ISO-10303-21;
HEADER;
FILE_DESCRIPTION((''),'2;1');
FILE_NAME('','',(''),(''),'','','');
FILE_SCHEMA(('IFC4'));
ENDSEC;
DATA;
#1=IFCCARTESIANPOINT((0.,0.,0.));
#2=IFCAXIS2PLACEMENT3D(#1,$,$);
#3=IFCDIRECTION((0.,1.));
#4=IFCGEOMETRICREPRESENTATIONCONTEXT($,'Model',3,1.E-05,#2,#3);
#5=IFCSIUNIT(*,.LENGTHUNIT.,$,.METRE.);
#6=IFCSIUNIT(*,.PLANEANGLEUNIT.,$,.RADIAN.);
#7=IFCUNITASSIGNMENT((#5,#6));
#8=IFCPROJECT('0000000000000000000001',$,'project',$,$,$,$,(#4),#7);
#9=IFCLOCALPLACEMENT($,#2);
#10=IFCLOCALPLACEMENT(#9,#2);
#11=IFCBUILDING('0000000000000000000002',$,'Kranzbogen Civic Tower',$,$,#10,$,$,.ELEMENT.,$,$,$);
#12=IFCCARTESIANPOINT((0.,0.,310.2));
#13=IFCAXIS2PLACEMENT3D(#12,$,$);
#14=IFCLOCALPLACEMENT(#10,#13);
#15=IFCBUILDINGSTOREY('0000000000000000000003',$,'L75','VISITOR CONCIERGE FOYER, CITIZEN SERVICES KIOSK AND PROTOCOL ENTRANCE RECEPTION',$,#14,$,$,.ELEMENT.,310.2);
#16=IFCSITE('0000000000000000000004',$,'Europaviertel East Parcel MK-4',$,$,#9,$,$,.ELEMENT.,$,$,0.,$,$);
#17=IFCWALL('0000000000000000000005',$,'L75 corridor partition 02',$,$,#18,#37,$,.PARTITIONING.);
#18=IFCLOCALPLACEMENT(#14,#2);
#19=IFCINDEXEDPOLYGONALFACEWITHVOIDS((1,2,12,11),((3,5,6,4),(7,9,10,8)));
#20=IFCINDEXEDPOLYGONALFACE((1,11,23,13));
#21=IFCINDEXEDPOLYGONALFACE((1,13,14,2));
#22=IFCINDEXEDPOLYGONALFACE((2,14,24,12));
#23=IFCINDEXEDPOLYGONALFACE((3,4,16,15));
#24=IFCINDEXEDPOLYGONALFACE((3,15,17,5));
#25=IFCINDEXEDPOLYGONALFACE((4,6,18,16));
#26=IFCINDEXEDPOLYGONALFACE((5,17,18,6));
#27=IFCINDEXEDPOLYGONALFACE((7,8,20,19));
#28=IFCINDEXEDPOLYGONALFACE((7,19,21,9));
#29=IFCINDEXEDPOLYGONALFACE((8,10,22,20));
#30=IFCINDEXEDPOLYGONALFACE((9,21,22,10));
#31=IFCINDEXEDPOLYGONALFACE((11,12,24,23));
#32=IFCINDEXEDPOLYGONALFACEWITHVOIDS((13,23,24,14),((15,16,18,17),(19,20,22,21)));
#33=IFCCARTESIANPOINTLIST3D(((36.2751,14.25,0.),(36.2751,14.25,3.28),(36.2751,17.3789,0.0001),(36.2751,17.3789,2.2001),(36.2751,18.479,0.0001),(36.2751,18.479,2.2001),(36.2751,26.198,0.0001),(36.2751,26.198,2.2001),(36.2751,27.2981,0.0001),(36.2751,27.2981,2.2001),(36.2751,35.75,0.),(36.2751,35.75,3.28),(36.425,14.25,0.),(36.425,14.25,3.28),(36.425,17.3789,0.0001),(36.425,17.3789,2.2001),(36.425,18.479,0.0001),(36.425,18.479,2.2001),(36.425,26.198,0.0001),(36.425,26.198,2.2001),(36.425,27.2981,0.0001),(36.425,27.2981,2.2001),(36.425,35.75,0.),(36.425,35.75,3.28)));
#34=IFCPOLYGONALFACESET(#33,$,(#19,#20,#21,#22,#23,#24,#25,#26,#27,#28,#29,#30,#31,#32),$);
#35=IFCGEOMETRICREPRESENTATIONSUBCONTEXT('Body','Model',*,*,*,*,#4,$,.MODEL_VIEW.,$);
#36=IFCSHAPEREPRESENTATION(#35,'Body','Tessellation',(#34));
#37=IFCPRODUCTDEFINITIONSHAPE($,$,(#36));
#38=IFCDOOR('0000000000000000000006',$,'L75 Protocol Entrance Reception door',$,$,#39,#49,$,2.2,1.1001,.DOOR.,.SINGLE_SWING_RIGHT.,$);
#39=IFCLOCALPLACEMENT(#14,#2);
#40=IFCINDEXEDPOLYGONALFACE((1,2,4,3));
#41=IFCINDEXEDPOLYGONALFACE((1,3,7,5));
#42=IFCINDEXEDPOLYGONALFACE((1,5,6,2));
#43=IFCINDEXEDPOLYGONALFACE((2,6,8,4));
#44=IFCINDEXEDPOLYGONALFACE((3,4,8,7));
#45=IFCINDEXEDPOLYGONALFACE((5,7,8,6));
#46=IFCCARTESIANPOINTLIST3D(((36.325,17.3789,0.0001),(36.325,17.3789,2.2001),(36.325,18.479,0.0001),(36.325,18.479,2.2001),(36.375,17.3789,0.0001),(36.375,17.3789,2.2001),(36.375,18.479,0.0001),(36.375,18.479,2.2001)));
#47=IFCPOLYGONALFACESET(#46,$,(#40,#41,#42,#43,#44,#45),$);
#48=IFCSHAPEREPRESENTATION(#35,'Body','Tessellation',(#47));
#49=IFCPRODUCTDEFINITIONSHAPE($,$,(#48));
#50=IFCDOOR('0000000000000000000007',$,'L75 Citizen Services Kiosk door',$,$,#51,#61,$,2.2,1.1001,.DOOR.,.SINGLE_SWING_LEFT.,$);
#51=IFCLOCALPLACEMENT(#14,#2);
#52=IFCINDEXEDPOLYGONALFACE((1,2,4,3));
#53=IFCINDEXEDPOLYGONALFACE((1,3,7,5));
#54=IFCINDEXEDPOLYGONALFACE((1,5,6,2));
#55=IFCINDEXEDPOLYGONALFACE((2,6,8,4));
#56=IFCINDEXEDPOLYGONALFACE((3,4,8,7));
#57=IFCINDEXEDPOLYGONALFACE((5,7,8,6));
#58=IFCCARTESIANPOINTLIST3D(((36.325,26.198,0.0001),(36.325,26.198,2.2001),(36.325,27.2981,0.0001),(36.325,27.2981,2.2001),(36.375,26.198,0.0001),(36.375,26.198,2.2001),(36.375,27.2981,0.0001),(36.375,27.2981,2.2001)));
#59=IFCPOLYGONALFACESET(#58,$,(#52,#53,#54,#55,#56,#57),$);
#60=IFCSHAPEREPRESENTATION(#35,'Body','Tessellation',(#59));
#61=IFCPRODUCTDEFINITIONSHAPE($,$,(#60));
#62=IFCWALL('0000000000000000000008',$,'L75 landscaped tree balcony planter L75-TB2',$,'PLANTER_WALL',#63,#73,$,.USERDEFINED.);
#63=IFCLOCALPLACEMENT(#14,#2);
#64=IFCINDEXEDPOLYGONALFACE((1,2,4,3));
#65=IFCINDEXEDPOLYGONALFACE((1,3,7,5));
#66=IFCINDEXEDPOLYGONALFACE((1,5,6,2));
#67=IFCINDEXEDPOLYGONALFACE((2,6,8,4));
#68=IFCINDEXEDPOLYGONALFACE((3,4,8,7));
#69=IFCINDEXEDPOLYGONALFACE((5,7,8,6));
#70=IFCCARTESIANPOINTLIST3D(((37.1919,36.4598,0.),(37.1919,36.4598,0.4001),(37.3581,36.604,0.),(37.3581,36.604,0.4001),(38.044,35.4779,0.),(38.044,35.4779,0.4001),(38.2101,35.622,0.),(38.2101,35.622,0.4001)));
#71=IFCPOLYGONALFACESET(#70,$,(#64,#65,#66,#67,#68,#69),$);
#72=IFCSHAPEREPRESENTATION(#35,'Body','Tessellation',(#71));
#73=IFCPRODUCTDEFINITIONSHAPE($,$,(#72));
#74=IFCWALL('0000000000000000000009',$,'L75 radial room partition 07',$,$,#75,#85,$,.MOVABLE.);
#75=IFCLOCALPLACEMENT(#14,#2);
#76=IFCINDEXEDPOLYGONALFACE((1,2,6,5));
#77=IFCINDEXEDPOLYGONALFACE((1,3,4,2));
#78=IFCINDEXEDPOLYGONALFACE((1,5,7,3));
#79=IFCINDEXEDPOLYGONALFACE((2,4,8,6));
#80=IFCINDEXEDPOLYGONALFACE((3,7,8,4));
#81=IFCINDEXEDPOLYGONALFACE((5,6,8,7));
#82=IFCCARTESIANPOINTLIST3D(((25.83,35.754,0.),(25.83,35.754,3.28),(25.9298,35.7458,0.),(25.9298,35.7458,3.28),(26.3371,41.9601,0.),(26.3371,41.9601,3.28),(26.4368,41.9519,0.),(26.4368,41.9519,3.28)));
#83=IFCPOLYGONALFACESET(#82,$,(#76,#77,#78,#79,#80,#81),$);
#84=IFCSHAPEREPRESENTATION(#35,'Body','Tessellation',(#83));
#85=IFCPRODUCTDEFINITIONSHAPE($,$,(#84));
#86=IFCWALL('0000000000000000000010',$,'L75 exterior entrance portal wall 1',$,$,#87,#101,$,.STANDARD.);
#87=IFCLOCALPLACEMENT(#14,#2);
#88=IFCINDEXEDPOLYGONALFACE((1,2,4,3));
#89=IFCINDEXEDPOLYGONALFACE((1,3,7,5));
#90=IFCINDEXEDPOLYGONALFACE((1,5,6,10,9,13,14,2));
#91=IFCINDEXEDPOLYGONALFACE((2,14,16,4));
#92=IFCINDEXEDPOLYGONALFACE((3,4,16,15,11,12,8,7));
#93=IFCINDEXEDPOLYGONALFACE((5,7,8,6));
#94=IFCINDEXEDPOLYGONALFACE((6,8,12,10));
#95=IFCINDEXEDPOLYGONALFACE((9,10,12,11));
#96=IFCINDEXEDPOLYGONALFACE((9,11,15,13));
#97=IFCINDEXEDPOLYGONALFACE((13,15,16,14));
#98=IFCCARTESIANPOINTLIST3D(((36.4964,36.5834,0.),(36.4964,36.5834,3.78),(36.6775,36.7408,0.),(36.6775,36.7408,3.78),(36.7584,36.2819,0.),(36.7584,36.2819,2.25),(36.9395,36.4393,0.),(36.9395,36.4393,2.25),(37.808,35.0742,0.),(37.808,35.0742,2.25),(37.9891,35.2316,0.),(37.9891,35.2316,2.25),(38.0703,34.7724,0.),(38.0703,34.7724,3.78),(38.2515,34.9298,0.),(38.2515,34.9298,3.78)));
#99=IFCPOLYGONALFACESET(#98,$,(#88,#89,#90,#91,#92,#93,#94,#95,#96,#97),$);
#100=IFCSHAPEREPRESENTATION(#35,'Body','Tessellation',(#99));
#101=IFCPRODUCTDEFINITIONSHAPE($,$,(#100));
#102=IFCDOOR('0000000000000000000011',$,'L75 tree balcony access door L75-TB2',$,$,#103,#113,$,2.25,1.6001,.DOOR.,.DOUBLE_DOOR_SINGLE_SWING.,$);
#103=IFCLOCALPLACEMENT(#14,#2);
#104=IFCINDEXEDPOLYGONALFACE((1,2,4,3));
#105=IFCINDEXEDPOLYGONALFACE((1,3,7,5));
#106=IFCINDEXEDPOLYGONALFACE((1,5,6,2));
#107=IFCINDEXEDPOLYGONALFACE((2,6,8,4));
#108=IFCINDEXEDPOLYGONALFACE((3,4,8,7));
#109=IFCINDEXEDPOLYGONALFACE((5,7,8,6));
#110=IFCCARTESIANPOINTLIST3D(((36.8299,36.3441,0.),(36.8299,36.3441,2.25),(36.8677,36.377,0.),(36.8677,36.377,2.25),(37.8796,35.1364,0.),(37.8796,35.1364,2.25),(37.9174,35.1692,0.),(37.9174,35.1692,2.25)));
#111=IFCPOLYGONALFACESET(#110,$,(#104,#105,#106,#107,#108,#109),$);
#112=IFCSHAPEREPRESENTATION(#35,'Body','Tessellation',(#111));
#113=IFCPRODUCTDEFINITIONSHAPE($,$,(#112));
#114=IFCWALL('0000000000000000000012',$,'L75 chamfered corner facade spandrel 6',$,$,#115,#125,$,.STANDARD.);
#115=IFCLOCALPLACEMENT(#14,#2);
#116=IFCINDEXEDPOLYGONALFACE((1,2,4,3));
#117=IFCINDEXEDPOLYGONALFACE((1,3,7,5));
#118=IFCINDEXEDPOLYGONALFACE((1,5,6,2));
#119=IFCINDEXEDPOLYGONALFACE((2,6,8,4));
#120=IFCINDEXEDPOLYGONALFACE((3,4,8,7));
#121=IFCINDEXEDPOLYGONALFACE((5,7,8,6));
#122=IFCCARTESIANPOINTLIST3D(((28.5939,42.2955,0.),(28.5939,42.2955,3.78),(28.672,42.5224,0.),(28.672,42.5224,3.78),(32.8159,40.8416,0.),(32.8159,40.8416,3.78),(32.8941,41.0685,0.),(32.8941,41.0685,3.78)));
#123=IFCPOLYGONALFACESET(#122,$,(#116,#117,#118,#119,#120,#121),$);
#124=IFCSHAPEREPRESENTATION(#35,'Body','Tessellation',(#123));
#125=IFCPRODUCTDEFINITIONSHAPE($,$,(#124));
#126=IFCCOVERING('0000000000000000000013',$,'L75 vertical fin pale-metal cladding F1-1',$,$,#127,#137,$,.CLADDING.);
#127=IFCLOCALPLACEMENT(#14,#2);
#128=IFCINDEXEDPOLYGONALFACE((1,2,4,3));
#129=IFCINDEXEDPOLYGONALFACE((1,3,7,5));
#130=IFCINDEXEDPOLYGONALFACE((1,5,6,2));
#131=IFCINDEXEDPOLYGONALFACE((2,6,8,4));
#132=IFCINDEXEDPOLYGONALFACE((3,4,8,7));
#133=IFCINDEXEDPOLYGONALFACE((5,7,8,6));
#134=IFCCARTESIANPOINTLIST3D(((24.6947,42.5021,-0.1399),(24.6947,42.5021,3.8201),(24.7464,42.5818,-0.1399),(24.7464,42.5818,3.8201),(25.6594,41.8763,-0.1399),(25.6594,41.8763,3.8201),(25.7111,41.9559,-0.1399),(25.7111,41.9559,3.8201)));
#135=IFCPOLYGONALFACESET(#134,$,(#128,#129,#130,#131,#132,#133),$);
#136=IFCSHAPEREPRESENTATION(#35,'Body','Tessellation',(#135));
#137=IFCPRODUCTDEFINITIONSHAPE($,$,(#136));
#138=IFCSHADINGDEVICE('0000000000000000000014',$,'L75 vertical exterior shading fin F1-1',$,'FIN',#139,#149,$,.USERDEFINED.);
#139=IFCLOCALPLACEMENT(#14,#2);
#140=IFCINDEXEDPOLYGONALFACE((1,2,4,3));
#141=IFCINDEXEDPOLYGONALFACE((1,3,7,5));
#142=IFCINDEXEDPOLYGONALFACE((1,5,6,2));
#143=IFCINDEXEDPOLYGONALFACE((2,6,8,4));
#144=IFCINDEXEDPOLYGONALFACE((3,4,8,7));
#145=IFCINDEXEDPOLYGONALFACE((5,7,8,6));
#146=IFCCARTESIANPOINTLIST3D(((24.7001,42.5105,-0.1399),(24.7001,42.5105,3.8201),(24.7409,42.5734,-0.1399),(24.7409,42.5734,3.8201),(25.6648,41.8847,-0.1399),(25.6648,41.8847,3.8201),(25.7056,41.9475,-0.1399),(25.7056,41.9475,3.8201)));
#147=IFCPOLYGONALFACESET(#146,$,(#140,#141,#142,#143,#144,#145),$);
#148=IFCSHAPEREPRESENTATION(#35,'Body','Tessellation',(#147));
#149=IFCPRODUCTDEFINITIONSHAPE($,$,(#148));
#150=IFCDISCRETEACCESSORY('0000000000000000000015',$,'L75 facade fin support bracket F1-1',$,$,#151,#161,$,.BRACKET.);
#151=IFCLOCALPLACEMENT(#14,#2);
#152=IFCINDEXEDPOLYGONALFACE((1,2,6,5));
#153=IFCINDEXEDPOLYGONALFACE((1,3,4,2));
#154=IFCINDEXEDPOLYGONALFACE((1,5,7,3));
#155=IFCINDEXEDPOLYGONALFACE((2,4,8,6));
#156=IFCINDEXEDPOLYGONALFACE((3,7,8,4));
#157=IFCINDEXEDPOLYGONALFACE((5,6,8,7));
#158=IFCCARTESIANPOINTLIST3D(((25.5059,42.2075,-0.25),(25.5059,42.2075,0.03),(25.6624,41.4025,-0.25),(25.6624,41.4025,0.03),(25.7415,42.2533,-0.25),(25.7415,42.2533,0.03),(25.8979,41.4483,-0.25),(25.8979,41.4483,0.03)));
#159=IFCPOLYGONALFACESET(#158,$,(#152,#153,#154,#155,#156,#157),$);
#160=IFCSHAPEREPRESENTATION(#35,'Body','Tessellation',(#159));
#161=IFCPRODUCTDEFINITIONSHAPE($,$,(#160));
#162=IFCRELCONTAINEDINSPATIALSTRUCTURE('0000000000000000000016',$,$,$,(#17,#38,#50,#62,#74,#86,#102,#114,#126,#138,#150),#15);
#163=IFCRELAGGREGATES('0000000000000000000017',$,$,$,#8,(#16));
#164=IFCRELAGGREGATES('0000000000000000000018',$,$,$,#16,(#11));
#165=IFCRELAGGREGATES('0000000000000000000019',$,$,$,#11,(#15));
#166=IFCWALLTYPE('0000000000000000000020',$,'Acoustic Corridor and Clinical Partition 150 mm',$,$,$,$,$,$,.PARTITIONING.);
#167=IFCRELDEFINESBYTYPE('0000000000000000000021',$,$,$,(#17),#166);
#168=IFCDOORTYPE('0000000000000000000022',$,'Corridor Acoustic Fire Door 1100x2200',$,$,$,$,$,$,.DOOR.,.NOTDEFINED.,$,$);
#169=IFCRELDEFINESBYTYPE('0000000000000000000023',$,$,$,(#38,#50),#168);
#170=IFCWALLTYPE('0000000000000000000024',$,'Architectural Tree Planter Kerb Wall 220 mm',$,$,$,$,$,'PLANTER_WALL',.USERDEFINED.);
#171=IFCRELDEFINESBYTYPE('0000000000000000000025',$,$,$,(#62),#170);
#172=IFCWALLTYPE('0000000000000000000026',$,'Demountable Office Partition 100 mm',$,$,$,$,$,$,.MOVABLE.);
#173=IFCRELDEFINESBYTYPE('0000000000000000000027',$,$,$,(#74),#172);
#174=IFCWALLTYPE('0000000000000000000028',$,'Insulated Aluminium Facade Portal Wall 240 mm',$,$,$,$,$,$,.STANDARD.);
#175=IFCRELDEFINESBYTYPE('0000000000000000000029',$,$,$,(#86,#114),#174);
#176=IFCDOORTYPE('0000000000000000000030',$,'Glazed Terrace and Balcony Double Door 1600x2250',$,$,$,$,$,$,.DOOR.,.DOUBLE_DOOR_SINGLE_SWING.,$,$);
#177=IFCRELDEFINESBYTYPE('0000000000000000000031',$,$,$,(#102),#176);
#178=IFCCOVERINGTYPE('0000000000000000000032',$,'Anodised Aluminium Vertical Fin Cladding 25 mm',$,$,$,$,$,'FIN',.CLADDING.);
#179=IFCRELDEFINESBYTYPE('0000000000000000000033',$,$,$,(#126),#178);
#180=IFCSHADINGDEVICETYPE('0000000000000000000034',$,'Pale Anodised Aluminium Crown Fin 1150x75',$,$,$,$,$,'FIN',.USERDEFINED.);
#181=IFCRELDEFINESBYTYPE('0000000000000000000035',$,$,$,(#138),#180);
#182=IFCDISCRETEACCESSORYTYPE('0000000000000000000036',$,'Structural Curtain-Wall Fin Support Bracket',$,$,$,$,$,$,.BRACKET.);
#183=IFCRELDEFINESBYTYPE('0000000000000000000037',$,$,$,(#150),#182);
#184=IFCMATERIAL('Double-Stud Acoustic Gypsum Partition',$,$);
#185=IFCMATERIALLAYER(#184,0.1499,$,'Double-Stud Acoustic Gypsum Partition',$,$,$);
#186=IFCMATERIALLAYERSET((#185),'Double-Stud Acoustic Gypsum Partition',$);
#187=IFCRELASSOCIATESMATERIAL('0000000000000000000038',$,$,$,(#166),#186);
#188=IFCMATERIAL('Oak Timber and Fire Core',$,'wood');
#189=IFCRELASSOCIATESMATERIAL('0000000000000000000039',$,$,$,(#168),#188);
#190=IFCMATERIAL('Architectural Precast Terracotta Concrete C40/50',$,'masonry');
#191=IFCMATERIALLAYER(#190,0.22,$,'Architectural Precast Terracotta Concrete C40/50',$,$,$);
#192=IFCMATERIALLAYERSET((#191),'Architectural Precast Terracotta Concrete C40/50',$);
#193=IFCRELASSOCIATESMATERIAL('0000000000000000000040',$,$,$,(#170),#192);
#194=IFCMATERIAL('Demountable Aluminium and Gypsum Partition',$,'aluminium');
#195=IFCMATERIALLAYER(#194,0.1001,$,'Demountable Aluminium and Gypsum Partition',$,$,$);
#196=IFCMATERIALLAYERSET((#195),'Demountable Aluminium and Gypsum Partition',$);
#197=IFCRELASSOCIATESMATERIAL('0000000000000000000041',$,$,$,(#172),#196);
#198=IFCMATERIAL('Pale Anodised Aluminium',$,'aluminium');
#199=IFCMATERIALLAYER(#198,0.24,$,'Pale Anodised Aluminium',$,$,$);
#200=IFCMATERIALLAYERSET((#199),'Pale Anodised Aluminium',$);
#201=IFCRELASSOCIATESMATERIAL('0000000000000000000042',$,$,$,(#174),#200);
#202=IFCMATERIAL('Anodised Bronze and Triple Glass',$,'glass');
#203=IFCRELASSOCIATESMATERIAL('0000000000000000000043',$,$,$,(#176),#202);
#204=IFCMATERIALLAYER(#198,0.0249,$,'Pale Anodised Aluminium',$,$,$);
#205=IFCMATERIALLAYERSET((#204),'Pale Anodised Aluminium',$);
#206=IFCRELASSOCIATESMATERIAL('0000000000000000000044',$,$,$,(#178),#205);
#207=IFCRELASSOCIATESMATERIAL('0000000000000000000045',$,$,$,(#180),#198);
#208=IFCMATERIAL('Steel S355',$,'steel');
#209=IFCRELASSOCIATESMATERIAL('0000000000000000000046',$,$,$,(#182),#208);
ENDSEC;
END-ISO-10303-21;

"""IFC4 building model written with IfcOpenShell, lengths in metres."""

from ifc_helpers import new_model, si_unit, direction, frame, frame_2d, origin, origin_2d, place, context, subcontext, project, spatial, rectangle, extrude, material, layer, layer_set, type_object, element, fill, save


model = new_model("IFC4")

# Units and contexts
model_context = context("Model", 3, precision=1e-05, world=origin(), true_north=direction((0.0, 1.0)))
body_context = subcontext(model_context, "Body", "Model", "MODEL_VIEW")
ifc_project = project(units=[si_unit("LENGTHUNIT", "METRE"), si_unit("PLANEANGLEUNIT", "RADIAN")], contexts=[model_context])

# Site, building, storey
site_placement = place(None, origin())
site = spatial("IfcSite", under=ifc_project, at=site_placement, Name="Europaviertel East Parcel MK-4", CompositionType="ELEMENT", RefElevation=0.0)
building_placement = place(site_placement, origin())
building = spatial("IfcBuilding", under=site, at=building_placement, Name="Kranzbogen Civic Tower", CompositionType="ELEMENT")
storey_placement = place(building_placement, frame((0.0, 0.0, 310.2)))
storey = spatial("IfcBuildingStorey", under=building, at=storey_placement, Name="L75", Description="VISITOR CONCIERGE FOYER, CITIZEN SERVICES KIOSK AND PROTOCOL ENTRANCE RECEPTION", CompositionType="ELEMENT", Elevation=310.2)

# Shared definitions
ifc_material_1 = material(Name="Steel S355", Category="steel")

# Shared definitions
ifc_material_2 = material(Name="Pale Anodised Aluminium", Category="aluminium")

# Wall, openings, doors
ifc_material_3 = material(Name="Double-Stud Acoustic Gypsum Partition")
ifc_layer_1 = layer(ifc_material_3, 0.1499, Name="Double-Stud Acoustic Gypsum Partition")
ifc_layer_set_1 = layer_set([ifc_layer_1], Name="Double-Stud Acoustic Gypsum Partition")
wall_type_1 = type_object("IfcWallType", Name="Acoustic Corridor and Clinical Partition 150 mm", PredefinedType="PARTITIONING", material=ifc_layer_set_1)
wall_1_placement = place(storey_placement, frame((36.3501, 35.75, 0.0), z_axis=(0.0, 0.0, 1.0), x_axis=(0.0, -1.0, 0.0)))
wall_1 = element("IfcWall", 1, at=wall_1_placement, inside=storey, type_object=wall_type_1, Name="L75 corridor partition 02", PredefinedType="PARTITIONING", context=body_context, shape_type="SweptSolid", body=[
    extrude(rectangle(XDim=21.5, YDim=0.1499, at=frame_2d((10.75, 0.0))), origin(), (0.0, 0.0, 1.0), 3.28),
])
opening_1_placement = place(wall_1_placement, frame((17.271, 0.0, 0.0)))
opening_1 = element("IfcOpeningElement", 2, at=opening_1_placement, cuts=wall_1, PredefinedType="OPENING", context=body_context, shape_type="SweptSolid", body=[
    extrude(rectangle(XDim=1.1001, YDim=2.2, at=frame_2d((0.55, 1.1001))), frame((0.0, 0.085, 0.0), z_axis=(0.0, -1.0, 0.0), x_axis=(1.0, 0.0, 0.0)), (0.0, 0.0, 1.0), 0.1699),
])
opening_2_placement = place(wall_1_placement, frame((8.4519, 0.0, 0.0)))
opening_2 = element("IfcOpeningElement", 3, at=opening_2_placement, cuts=wall_1, PredefinedType="OPENING", context=body_context, shape_type="SweptSolid", body=[
    extrude(rectangle(XDim=1.1001, YDim=2.2, at=frame_2d((0.55, 1.1001))), frame((0.0, 0.085, 0.0), z_axis=(0.0, -1.0, 0.0), x_axis=(1.0, 0.0, 0.0)), (0.0, 0.0, 1.0), 0.1699),
])
ifc_material_4 = material(Name="Oak Timber and Fire Core", Category="wood")
door_type_1 = type_object("IfcDoorType", Name="Corridor Acoustic Fire Door 1100x2200", OperationType="NOTDEFINED", PredefinedType="DOOR", material=ifc_material_4)
door_1_placement = place(opening_1_placement, origin())
door_1 = element("IfcDoor", 4, at=door_1_placement, inside=storey, type_object=door_type_1, Name="L75 Protocol Entrance Reception door", OperationType="SINGLE_SWING_RIGHT", OverallHeight=2.2, OverallWidth=1.1001, PredefinedType="DOOR", context=body_context, shape_type="SweptSolid", body=[
    extrude(rectangle(XDim=1.1001, YDim=2.2, at=frame_2d((0.55, 1.1001))), frame((0.0, 0.0249, 0.0), z_axis=(0.0, -1.0, 0.0), x_axis=(1.0, 0.0, 0.0)), (0.0, 0.0, 1.0), 0.05),
])
fill(opening_1, door_1)
door_2_placement = place(opening_2_placement, origin())
door_2 = element("IfcDoor", 5, at=door_2_placement, inside=storey, type_object=door_type_1, Name="L75 Citizen Services Kiosk door", OperationType="SINGLE_SWING_LEFT", OverallHeight=2.2, OverallWidth=1.1001, PredefinedType="DOOR", context=body_context, shape_type="SweptSolid", body=[
    extrude(rectangle(XDim=1.1001, YDim=2.2, at=frame_2d((0.55, 1.1001))), frame((0.0, 0.0249, 0.0), z_axis=(0.0, -1.0, 0.0), x_axis=(1.0, 0.0, 0.0)), (0.0, 0.0, 1.0), 0.05),
])
fill(opening_2, door_2)

# Walls
ifc_material_5 = material(Name="Architectural Precast Terracotta Concrete C40/50", Category="masonry")
ifc_layer_2 = layer(ifc_material_5, 0.22, Name="Architectural Precast Terracotta Concrete C40/50")
ifc_layer_set_2 = layer_set([ifc_layer_2], Name="Architectural Precast Terracotta Concrete C40/50")
wall_type_2 = type_object("IfcWallType", Name="Architectural Tree Planter Kerb Wall 220 mm", ElementType="PLANTER_WALL", PredefinedType="USERDEFINED", material=ifc_layer_set_2)
wall_2_placement = place(storey_placement, frame((38.127, 35.55, 0.0), z_axis=(0.0, 0.0, 1.0), x_axis=(-0.655388, 0.755292, 0.0)))
element("IfcWall", 6, at=wall_2_placement, inside=storey, type_object=wall_type_2, Name="L75 landscaped tree balcony planter L75-TB2", ObjectType="PLANTER_WALL", PredefinedType="USERDEFINED", context=body_context, shape_type="SweptSolid", body=[
    extrude(rectangle(XDim=1.3, YDim=0.22, at=frame_2d((0.6499, 0.0))), origin(), (0.0, 0.0, 1.0), 0.4001),
])
ifc_material_6 = material(Name="Demountable Aluminium and Gypsum Partition", Category="aluminium")
ifc_layer_3 = layer(ifc_material_6, 0.1001, Name="Demountable Aluminium and Gypsum Partition")
ifc_layer_set_3 = layer_set([ifc_layer_3], Name="Demountable Aluminium and Gypsum Partition")
wall_type_3 = type_object("IfcWallType", Name="Demountable Office Partition 100 mm", PredefinedType="MOVABLE", material=ifc_layer_set_3)
wall_3_placement = place(storey_placement, frame((25.8799, 35.75, 0.0), z_axis=(0.0, 0.0, 1.0), x_axis=(0.081436, 0.996679, 0.0)))
element("IfcWall", 7, at=wall_3_placement, inside=storey, type_object=wall_type_3, Name="L75 radial room partition 07", PredefinedType="MOVABLE", context=body_context, shape_type="SweptSolid", body=[
    extrude(rectangle(XDim=6.2268, YDim=0.1001, at=frame_2d((3.1133, 0.0))), origin(), (0.0, 0.0, 1.0), 3.28),
])

# Wall, opening, door
ifc_layer_4 = layer(ifc_material_2, 0.24, Name="Pale Anodised Aluminium")
ifc_layer_set_4 = layer_set([ifc_layer_4], Name="Pale Anodised Aluminium")
wall_type_4 = type_object("IfcWallType", Name="Insulated Aluminium Facade Portal Wall 240 mm", PredefinedType="STANDARD", material=ifc_layer_set_4)
wall_4_placement = place(storey_placement, frame((38.1609, 34.8511, 0.0), z_axis=(0.0, 0.0, 1.0), x_axis=(-0.65598, 0.754779, 0.0)))
wall_4 = element("IfcWall", 8, at=wall_4_placement, inside=storey, type_object=wall_type_4, Name="L75 exterior entrance portal wall 1", PredefinedType="STANDARD", context=body_context, shape_type="SweptSolid", body=[
    extrude(rectangle(XDim=2.3994, YDim=0.24, at=frame_2d((1.1997, 0.0))), origin(), (0.0, 0.0, 1.0), 3.78),
])
opening_3_placement = place(wall_4_placement, frame((0.3999, 0.0, 0.0)))
opening_3 = element("IfcOpeningElement", 9, at=opening_3_placement, cuts=wall_4, PredefinedType="OPENING", context=body_context, shape_type="SweptSolid", body=[
    extrude(rectangle(XDim=1.6001, YDim=2.25, at=frame_2d((0.8, 1.125))), frame((0.0, 0.1299, 0.0), z_axis=(0.0, -1.0, 0.0), x_axis=(1.0, 0.0, 0.0)), (0.0, 0.0, 1.0), 0.26),
])
ifc_material_7 = material(Name="Anodised Bronze and Triple Glass", Category="glass")
door_type_2 = type_object("IfcDoorType", Name="Glazed Terrace and Balcony Double Door 1600x2250", OperationType="DOUBLE_DOOR_SINGLE_SWING", PredefinedType="DOOR", material=ifc_material_7)
door_3_placement = place(opening_3_placement, frame((1.6001, 0.0, 0.0), z_axis=(0.0, 0.0, 1.0), x_axis=(-1.0, 0.0, 0.0)))
door_3 = element("IfcDoor", 10, at=door_3_placement, inside=storey, type_object=door_type_2, Name="L75 tree balcony access door L75-TB2", OperationType="DOUBLE_DOOR_SINGLE_SWING", OverallHeight=2.25, OverallWidth=1.6001, PredefinedType="DOOR", context=body_context, shape_type="SweptSolid", body=[
    extrude(rectangle(XDim=1.6001, YDim=2.25, at=frame_2d((0.8, 1.125))), frame((0.0, 0.0249, 0.0), z_axis=(0.0, -1.0, 0.0), x_axis=(1.0, 0.0, 0.0)), (0.0, 0.0, 1.0), 0.05),
])
fill(opening_3, door_3)

# Wall
wall_5_placement = place(storey_placement, frame((32.855, 40.9551, 0.0), z_axis=(0.0, 0.0, 1.0), x_axis=(-0.945509, 0.325595, 0.0)))
element("IfcWall", 11, at=wall_5_placement, inside=storey, type_object=wall_type_4, Name="L75 chamfered corner facade spandrel 6", PredefinedType="STANDARD", context=body_context, shape_type="SweptSolid", body=[
    extrude(rectangle(XDim=4.4653, YDim=0.24, at=frame_2d((2.2327, 0.0))), origin(), (0.0, 0.0, 1.0), 3.78),
])

# Covering
ifc_layer_5 = layer(ifc_material_2, 0.0249, Name="Pale Anodised Aluminium")
ifc_layer_set_5 = layer_set([ifc_layer_5], Name="Pale Anodised Aluminium")
covering_type = type_object("IfcCoveringType", Name="Anodised Aluminium Vertical Fin Cladding 25 mm", ElementType="FIN", PredefinedType="CLADDING", material=ifc_layer_set_5)
covering_placement = place(storey_placement, frame((25.2029, 42.229, -0.1399), z_axis=(0.0, 0.0, 1.0), x_axis=(-0.838927, 0.544244, 0.0)))
element("IfcCovering", 12, at=covering_placement, inside=storey, type_object=covering_type, Name="L75 vertical fin pale-metal cladding F1-1", PredefinedType="CLADDING", context=body_context, shape_type="SweptSolid", body=[
    extrude(rectangle(XDim=1.1499, YDim=0.095, at=origin_2d()), origin(), (0.0, 0.0, 1.0), 3.96),
])

# Shading device
shading_device_type = type_object("IfcShadingDeviceType", Name="Pale Anodised Aluminium Crown Fin 1150x75", ElementType="FIN", PredefinedType="USERDEFINED", material=ifc_material_2)
shading_device_placement = place(storey_placement, frame((25.2029, 42.229, -0.1399), z_axis=(0.0, 0.0, 1.0), x_axis=(-0.838927, 0.544244, 0.0)))
element("IfcShadingDevice", 13, at=shading_device_placement, inside=storey, type_object=shading_device_type, Name="L75 vertical exterior shading fin F1-1", ObjectType="FIN", PredefinedType="USERDEFINED", context=body_context, shape_type="SweptSolid", body=[
    extrude(rectangle(XDim=1.1499, YDim=0.075, at=origin_2d()), origin(), (0.0, 0.0, 1.0), 3.96),
])

# Discrete accessory
discrete_accessory_type = type_object("IfcDiscreteAccessoryType", Name="Structural Curtain-Wall Fin Support Bracket", PredefinedType="BRACKET", material=ifc_material_1)
discrete_accessory_placement = place(storey_placement, frame((25.7019, 41.8279, -0.25), z_axis=(0.0, 0.0, 1.0), x_axis=(-0.190809, 0.981627, 0.0)))
element("IfcDiscreteAccessory", 14, at=discrete_accessory_placement, inside=storey, type_object=discrete_accessory_type, Name="L75 facade fin support bracket F1-1", PredefinedType="BRACKET", context=body_context, shape_type="SweptSolid", body=[
    extrude(rectangle(XDim=0.8201, YDim=0.24, at=origin_2d()), origin(), (0.0, 0.0, 1.0), 0.28),
])

save(model, "model.ifc")
